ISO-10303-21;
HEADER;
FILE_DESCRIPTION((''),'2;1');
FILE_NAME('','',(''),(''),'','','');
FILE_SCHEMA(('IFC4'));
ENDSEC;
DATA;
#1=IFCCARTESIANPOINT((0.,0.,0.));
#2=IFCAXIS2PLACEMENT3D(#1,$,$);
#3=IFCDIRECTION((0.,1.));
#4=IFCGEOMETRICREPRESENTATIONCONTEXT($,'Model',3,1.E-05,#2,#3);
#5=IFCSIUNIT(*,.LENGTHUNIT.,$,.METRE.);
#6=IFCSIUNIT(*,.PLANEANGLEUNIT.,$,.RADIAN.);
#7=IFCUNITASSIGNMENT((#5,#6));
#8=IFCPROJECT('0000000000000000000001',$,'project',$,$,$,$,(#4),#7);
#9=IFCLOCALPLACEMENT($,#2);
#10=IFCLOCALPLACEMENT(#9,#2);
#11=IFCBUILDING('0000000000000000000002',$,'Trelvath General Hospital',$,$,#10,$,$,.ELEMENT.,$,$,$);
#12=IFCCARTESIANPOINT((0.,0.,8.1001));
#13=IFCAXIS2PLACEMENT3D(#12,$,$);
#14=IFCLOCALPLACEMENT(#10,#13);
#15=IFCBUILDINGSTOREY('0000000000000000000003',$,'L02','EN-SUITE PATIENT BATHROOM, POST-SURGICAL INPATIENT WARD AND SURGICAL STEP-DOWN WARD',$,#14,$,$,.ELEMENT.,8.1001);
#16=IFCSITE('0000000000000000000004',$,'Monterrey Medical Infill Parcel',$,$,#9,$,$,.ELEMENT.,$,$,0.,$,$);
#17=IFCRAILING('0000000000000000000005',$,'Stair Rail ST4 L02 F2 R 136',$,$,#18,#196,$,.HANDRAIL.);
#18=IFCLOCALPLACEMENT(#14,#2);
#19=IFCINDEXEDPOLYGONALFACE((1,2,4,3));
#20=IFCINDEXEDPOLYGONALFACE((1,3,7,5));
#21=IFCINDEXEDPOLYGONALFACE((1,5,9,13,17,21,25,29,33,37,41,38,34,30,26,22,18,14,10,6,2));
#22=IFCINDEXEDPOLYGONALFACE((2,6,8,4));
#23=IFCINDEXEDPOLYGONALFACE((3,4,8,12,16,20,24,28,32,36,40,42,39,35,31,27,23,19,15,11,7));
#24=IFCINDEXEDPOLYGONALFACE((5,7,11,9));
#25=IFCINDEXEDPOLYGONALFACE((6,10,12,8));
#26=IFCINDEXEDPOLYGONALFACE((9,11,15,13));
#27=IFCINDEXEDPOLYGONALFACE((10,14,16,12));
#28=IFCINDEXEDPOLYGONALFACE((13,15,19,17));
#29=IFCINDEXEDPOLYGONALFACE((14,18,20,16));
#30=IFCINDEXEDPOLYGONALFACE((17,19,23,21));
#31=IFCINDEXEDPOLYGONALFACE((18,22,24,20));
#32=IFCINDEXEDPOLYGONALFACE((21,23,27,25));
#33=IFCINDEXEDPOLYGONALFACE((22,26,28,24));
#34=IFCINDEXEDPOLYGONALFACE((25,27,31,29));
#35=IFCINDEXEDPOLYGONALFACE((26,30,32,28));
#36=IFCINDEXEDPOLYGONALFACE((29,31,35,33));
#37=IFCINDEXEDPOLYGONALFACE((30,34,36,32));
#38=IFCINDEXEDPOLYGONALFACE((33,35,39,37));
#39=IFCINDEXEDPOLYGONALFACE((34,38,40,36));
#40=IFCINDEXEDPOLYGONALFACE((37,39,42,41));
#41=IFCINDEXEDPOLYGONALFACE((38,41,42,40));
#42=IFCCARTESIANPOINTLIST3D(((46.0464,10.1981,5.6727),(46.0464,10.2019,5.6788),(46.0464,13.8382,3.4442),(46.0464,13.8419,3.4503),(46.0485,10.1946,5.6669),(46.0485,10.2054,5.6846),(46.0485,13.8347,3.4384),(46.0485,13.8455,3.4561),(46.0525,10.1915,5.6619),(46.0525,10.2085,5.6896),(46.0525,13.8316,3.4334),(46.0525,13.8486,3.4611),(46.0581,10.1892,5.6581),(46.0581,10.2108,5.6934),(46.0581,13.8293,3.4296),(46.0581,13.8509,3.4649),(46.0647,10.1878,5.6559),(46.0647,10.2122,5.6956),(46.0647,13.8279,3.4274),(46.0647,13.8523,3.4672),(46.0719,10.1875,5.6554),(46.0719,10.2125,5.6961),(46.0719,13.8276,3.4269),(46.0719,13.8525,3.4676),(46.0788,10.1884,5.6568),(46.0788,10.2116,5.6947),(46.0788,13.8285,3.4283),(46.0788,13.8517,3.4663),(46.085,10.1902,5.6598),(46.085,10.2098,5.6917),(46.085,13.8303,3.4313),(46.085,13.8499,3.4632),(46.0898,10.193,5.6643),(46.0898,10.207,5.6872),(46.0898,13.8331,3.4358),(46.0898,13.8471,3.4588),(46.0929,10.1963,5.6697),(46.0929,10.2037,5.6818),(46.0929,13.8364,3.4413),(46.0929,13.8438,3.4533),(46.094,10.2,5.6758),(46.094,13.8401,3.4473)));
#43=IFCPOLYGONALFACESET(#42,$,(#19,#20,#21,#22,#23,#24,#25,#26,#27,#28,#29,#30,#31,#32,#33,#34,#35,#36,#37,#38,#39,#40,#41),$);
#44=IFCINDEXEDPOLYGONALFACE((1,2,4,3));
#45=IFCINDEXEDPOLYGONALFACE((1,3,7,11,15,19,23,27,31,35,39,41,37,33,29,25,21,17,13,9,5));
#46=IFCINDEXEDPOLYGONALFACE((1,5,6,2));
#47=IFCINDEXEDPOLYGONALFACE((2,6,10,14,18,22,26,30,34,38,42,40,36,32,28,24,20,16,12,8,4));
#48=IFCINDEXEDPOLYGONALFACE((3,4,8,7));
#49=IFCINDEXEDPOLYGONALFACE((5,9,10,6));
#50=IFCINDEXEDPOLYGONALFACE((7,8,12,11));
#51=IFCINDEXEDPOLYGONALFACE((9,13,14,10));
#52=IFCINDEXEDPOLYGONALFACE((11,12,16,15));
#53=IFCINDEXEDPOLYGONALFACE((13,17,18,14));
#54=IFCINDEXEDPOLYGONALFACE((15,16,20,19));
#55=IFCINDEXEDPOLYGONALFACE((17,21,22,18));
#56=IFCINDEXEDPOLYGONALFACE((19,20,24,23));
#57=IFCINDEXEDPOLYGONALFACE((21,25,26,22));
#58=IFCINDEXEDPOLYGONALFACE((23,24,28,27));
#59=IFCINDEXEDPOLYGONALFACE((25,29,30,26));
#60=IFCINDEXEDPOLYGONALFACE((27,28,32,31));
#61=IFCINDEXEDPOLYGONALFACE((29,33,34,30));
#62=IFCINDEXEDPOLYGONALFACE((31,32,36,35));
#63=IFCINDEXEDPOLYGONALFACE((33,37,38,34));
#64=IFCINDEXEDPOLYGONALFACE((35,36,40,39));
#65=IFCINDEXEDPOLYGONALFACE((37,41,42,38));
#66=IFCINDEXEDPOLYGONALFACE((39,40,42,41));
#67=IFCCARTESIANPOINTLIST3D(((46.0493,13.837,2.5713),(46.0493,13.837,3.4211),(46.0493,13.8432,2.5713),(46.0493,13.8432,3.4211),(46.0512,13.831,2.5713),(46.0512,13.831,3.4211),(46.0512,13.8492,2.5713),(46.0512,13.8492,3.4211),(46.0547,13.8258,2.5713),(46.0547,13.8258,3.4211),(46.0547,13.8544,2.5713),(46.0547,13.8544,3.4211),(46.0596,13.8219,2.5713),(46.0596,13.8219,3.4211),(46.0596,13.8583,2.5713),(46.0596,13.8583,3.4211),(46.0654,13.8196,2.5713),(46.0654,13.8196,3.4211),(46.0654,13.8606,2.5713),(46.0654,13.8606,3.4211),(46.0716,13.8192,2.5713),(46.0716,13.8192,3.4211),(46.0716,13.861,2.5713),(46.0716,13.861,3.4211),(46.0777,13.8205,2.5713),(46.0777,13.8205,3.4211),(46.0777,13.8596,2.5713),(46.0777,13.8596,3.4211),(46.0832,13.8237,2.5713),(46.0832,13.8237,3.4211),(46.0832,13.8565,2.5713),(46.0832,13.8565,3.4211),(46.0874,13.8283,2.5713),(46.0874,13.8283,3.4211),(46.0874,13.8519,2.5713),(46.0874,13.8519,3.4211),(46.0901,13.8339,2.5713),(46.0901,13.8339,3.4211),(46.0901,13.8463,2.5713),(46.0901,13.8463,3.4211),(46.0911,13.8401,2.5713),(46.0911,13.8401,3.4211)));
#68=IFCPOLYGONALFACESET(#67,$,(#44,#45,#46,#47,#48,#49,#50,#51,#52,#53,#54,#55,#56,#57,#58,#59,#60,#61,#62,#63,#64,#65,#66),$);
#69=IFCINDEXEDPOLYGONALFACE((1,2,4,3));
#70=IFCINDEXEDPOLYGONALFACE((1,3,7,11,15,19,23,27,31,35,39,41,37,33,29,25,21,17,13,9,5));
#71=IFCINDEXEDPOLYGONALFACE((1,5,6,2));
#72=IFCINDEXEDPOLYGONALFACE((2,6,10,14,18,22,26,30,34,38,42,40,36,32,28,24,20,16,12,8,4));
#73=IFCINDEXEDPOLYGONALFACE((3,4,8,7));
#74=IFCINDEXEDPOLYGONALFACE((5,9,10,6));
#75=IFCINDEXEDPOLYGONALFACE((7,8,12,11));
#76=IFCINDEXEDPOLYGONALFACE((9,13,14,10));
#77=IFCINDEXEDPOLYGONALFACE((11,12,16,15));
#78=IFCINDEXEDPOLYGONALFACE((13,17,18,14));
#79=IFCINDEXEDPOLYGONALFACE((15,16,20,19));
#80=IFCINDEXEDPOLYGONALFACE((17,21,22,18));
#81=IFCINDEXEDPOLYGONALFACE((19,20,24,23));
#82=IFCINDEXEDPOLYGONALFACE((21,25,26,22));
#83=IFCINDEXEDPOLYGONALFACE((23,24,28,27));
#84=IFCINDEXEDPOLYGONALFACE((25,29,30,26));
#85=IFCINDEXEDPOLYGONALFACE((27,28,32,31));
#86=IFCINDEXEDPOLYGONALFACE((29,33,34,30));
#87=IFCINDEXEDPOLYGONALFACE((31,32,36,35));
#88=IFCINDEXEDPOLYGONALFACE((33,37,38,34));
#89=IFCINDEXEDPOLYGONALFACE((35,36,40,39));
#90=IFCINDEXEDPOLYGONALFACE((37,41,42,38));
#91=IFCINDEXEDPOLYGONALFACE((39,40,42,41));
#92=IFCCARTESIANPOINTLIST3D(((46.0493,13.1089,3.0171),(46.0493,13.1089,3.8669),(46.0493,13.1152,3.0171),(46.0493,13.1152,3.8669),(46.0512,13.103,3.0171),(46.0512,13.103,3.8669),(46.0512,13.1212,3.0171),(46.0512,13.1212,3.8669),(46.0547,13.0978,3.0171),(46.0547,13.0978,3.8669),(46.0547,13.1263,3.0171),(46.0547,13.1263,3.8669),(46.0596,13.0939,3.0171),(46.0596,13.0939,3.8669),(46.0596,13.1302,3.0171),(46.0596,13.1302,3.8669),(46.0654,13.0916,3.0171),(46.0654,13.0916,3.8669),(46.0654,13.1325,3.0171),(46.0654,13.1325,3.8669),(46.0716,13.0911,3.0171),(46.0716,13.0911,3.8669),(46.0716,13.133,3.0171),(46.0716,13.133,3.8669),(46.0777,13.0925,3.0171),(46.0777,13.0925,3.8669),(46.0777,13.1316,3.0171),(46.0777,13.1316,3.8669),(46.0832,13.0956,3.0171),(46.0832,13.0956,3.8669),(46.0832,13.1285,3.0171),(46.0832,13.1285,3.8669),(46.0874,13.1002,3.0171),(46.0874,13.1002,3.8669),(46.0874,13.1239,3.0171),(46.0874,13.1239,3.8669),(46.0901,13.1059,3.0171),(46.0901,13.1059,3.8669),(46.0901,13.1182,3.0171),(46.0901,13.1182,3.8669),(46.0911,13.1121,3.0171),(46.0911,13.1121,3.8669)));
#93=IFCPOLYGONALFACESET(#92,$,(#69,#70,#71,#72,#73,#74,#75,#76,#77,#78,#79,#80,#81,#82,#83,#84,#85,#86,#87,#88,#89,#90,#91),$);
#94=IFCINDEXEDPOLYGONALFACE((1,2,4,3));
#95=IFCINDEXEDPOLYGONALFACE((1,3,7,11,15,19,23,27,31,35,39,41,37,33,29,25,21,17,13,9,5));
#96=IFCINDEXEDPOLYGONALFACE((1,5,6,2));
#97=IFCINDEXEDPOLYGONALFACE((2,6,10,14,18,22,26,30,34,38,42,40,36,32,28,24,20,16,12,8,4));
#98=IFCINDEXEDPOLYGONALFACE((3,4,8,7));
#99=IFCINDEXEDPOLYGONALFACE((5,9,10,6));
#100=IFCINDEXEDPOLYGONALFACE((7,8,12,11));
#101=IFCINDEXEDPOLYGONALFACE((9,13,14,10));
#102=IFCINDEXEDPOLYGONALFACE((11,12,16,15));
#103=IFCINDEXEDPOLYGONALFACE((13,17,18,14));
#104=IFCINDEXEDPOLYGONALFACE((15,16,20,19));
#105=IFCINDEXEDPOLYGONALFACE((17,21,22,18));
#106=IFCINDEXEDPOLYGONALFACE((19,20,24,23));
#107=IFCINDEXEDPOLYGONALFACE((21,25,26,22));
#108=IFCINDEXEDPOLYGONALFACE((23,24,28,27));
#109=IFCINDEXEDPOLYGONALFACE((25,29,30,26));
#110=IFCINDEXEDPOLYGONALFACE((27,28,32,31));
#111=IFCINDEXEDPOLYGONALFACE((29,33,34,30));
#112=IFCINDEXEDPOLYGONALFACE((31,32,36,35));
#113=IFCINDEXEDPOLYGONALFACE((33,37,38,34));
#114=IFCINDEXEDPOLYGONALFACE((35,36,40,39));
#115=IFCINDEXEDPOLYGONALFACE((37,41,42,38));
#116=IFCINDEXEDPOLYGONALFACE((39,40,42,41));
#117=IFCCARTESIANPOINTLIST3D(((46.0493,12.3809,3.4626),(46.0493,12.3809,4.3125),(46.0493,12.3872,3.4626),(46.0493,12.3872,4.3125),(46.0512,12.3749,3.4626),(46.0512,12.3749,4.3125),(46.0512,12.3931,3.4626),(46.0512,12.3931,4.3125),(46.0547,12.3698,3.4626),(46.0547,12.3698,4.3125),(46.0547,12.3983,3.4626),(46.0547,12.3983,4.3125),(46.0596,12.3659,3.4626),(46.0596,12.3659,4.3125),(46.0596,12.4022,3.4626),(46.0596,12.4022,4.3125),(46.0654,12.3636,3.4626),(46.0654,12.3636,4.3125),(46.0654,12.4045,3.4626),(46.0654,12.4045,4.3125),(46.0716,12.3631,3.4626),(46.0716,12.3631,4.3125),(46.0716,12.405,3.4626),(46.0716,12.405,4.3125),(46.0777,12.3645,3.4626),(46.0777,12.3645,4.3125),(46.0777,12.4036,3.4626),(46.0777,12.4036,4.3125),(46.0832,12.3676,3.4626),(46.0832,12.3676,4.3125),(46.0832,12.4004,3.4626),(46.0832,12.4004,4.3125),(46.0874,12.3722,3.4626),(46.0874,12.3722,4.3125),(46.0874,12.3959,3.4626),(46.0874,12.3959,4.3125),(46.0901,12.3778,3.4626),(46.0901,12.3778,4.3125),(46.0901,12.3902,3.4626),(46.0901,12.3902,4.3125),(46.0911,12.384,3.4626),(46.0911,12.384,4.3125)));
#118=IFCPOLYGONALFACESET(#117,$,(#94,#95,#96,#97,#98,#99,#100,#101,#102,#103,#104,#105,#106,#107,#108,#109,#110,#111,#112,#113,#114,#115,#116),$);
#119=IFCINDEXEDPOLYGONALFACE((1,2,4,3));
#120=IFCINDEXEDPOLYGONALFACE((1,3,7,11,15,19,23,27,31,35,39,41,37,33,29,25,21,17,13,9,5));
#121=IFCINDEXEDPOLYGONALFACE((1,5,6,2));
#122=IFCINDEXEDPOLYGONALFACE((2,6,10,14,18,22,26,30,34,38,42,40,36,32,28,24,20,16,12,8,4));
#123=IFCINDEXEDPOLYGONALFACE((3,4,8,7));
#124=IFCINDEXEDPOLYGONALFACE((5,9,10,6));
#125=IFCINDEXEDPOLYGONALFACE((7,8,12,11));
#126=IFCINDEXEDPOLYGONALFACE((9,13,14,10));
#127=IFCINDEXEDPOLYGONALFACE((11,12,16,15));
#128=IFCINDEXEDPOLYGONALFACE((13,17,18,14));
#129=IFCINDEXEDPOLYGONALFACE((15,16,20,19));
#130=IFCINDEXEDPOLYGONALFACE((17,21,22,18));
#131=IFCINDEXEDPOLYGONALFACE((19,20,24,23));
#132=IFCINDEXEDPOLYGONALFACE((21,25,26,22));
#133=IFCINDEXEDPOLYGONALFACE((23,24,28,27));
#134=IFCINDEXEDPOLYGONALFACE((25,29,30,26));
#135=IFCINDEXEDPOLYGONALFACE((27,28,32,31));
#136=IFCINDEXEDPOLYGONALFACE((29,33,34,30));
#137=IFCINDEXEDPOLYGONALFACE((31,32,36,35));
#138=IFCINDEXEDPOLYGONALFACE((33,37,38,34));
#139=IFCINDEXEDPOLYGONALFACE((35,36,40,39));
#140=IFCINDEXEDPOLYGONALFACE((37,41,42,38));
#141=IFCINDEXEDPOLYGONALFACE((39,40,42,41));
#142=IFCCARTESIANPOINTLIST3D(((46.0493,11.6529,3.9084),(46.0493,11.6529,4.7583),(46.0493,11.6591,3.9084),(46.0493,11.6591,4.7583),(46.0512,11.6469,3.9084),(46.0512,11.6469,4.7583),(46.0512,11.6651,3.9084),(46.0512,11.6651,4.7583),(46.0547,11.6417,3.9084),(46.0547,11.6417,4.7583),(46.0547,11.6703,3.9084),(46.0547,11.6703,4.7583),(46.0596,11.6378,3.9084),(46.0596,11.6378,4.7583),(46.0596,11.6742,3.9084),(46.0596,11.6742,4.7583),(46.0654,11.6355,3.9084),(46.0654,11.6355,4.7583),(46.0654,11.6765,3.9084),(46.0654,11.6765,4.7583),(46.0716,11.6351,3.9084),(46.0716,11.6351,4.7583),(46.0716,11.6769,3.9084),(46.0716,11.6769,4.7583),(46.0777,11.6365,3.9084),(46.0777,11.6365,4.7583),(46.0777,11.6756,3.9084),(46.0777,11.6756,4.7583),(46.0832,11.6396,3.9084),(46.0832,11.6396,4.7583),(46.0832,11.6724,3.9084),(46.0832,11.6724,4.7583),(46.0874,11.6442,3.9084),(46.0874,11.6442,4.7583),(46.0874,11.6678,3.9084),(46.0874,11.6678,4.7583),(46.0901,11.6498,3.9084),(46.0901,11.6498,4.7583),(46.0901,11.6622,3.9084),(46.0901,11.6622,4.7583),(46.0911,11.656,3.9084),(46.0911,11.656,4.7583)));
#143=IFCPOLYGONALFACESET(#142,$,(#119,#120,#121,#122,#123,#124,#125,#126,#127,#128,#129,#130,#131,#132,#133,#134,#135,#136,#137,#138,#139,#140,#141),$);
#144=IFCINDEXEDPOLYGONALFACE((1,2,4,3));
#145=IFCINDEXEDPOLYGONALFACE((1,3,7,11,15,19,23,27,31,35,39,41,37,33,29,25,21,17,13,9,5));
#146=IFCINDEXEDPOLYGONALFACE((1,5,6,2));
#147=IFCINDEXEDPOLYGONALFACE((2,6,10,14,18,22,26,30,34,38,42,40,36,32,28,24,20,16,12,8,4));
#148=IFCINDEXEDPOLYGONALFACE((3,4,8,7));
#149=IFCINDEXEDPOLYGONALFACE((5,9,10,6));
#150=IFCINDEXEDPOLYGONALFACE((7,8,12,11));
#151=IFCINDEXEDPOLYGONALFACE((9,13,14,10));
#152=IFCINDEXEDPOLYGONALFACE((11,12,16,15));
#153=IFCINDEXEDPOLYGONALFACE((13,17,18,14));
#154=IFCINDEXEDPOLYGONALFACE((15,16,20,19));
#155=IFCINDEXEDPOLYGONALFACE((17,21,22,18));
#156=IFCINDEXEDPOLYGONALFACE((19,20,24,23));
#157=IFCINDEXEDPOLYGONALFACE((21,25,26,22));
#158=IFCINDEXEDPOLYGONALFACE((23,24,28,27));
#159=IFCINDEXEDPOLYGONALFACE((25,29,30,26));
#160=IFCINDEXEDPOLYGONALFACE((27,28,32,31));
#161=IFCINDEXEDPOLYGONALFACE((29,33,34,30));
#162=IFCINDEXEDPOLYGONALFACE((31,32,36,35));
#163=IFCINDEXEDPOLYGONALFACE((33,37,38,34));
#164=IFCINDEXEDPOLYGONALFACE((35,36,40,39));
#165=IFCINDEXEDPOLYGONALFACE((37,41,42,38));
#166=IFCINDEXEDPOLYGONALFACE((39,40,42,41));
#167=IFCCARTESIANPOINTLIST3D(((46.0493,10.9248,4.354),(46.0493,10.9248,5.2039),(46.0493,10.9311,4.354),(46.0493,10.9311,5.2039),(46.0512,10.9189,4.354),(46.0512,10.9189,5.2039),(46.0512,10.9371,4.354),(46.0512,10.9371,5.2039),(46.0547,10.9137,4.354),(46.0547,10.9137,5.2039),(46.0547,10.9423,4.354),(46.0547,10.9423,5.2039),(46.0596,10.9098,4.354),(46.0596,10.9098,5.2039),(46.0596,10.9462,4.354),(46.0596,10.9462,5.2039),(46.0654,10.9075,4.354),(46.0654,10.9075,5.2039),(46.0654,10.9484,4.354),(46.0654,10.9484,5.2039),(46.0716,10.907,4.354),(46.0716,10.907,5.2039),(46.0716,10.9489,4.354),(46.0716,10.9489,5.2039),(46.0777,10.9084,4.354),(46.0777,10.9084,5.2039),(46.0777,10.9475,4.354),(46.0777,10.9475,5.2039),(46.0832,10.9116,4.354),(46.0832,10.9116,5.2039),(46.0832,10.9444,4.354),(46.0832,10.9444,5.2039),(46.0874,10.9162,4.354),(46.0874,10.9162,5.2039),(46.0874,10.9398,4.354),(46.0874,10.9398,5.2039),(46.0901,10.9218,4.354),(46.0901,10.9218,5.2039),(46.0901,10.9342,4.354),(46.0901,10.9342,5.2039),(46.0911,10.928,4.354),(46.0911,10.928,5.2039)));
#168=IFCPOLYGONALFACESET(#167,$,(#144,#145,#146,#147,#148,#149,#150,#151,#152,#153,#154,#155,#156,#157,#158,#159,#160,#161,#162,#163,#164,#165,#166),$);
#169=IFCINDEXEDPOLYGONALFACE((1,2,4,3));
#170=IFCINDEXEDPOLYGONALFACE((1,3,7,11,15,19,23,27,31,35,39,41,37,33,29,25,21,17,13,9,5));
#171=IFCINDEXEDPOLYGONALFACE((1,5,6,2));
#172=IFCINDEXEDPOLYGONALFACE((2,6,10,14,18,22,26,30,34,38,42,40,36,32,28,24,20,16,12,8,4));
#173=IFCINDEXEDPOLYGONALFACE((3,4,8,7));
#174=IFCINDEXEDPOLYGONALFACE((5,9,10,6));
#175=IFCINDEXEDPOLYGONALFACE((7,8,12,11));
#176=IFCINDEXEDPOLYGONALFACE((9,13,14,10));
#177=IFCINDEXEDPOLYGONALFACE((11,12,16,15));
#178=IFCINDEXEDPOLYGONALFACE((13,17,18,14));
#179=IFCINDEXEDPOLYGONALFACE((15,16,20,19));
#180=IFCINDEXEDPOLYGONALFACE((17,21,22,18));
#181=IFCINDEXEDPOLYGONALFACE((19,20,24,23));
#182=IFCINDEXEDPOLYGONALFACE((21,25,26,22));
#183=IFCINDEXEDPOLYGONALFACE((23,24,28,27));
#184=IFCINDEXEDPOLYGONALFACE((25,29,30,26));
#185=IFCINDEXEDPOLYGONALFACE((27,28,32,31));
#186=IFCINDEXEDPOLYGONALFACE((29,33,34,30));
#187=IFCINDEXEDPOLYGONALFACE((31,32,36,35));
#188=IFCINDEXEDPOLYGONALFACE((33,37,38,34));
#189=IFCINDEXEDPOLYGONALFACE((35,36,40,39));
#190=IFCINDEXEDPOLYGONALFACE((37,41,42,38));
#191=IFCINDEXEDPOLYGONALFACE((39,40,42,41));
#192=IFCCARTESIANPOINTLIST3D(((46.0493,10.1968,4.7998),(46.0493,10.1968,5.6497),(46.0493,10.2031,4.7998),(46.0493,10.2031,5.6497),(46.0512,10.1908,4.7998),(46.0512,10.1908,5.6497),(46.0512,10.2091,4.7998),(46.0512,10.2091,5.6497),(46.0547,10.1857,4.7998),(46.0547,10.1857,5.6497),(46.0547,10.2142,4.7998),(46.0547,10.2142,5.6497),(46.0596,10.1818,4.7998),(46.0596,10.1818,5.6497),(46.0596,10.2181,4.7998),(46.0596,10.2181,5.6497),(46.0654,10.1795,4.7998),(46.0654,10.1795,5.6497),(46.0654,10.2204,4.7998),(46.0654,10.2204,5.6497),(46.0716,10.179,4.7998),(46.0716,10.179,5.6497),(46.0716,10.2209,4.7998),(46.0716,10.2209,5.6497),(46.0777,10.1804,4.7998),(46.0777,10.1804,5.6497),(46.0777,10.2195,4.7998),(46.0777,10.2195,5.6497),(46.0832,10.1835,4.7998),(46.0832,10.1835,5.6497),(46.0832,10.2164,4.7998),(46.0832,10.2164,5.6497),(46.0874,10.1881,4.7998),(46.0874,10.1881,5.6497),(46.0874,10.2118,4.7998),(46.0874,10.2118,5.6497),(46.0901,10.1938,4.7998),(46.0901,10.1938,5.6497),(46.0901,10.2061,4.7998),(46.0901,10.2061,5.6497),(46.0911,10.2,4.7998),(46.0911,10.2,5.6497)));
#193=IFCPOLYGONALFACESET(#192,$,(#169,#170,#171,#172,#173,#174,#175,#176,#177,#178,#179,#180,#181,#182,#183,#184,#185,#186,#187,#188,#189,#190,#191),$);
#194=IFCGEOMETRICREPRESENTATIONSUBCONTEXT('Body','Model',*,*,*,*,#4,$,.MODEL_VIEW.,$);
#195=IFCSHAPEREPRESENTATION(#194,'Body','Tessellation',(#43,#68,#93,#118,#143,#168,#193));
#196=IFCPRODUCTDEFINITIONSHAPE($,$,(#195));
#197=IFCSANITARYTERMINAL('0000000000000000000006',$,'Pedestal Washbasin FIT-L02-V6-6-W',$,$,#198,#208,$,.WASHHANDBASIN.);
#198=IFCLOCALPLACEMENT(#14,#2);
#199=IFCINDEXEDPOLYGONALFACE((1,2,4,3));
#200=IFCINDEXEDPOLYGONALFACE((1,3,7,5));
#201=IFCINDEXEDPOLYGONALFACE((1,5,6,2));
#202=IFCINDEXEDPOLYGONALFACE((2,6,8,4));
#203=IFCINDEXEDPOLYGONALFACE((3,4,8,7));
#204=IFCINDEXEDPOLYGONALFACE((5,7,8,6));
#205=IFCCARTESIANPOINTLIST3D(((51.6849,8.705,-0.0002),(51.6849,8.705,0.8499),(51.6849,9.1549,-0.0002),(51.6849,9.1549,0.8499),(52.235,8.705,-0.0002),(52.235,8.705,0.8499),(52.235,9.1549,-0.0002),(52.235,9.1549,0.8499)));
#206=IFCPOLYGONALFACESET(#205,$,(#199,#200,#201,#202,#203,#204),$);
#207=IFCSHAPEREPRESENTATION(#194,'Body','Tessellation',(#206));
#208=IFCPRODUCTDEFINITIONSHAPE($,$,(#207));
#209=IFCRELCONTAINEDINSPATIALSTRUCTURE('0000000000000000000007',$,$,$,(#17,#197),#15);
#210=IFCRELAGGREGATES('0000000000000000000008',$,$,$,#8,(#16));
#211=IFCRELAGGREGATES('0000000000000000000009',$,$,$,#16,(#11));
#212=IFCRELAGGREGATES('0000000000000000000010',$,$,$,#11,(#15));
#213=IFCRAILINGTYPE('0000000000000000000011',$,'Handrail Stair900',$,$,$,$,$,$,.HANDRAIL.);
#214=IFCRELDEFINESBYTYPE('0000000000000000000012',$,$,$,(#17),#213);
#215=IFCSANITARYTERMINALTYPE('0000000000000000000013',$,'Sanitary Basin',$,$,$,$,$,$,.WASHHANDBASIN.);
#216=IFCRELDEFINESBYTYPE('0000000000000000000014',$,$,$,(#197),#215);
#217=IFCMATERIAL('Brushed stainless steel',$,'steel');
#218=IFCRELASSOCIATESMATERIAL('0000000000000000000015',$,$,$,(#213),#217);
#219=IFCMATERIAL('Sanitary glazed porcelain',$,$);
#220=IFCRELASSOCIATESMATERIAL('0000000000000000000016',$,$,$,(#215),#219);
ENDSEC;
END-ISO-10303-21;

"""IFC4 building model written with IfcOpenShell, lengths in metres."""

from ifc_helpers import new_model, si_unit, direction, frame, origin, origin_2d, place, context, subcontext, project, spatial, rectangle, circle, extrude, material, type_object, element, save


model = new_model("IFC4")

# Units and contexts
model_context = context("Model", 3, precision=1e-05, world=origin(), true_north=direction((0.0, 1.0)))
body_context = subcontext(model_context, "Body", "Model", "MODEL_VIEW")
ifc_project = project(units=[si_unit("LENGTHUNIT", "METRE"), si_unit("PLANEANGLEUNIT", "RADIAN")], contexts=[model_context])

# Site, building, storey
site_placement = place(None, origin())
site = spatial("IfcSite", under=ifc_project, at=site_placement, Name="Monterrey Medical Infill Parcel", CompositionType="ELEMENT", RefElevation=0.0)
building_placement = place(site_placement, origin())
building = spatial("IfcBuilding", under=site, at=building_placement, Name="Trelvath General Hospital", CompositionType="ELEMENT")
storey_placement = place(building_placement, frame((0.0, 0.0, 8.1001)))
storey = spatial("IfcBuildingStorey", under=building, at=storey_placement, Name="L02", Description="EN-SUITE PATIENT BATHROOM, POST-SURGICAL INPATIENT WARD AND SURGICAL STEP-DOWN WARD", CompositionType="ELEMENT", Elevation=8.1001)

# Railing
ifc_material_1 = material(Name="Brushed stainless steel", Category="steel")
railing_type_1 = type_object("IfcRailingType", Name="Handrail Stair900", PredefinedType="HANDRAIL", material=ifc_material_1)
railing_1_placement = place(storey_placement, frame((46.0701, 13.8401, 2.5713)))
element("IfcRailing", 1, at=railing_1_placement, inside=storey, type_object=railing_type_1, Name="Stair Rail ST4 L02 F2 R 136", PredefinedType="HANDRAIL", context=body_context, shape_type="SweptSolid", body=[
    extrude(circle(Radius=0.0239, at=origin_2d()), frame((0.0, 0.0, 0.876), z_axis=(0.0, -0.852866, 0.52213), x_axis=(1.0, 0.0, 0.0)), (0.0, 0.0, 1.0), 4.2681),
    extrude(circle(Radius=0.021, at=origin_2d()), origin(), (0.0, 0.0, 1.0), 0.8499),
    extrude(circle(Radius=0.021, at=origin_2d()), frame((0.0, -0.728, 0.4458)), (0.0, 0.0, 1.0), 0.8499),
    extrude(circle(Radius=0.021, at=origin_2d()), frame((0.0, -1.4561, 0.8914)), (0.0, 0.0, 1.0), 0.8499),
    extrude(circle(Radius=0.021, at=origin_2d()), frame((0.0, -2.1841, 1.3372)), (0.0, 0.0, 1.0), 0.8499),
    extrude(circle(Radius=0.021, at=origin_2d()), frame((0.0, -2.9121, 1.7827)), (0.0, 0.0, 1.0), 0.8499),
    extrude(circle(Radius=0.021, at=origin_2d()), frame((0.0, -3.6401, 2.2285)), (0.0, 0.0, 1.0), 0.8499),
])

# Sanitary terminal
ifc_material_2 = material(Name="Sanitary glazed porcelain")
sanitary_terminal_type_1 = type_object("IfcSanitaryTerminalType", Name="Sanitary Basin", PredefinedType="WASHHANDBASIN", material=ifc_material_2)
sanitary_terminal_1_placement = place(storey_placement, frame((51.96, 8.9299, -0.0002), z_axis=(0.0, 0.0, 1.0), x_axis=(1.0, 0.0, 0.0)))
element("IfcSanitaryTerminal", 2, at=sanitary_terminal_1_placement, inside=storey, type_object=sanitary_terminal_type_1, Name="Pedestal Washbasin FIT-L02-V6-6-W", PredefinedType="WASHHANDBASIN", context=body_context, shape_type="SweptSolid", body=[
    extrude(rectangle(XDim=0.55, YDim=0.45, at=origin_2d()), origin(), (0.0, 0.0, 1.0), 0.8501),
])

save(model, "model.ifc")
